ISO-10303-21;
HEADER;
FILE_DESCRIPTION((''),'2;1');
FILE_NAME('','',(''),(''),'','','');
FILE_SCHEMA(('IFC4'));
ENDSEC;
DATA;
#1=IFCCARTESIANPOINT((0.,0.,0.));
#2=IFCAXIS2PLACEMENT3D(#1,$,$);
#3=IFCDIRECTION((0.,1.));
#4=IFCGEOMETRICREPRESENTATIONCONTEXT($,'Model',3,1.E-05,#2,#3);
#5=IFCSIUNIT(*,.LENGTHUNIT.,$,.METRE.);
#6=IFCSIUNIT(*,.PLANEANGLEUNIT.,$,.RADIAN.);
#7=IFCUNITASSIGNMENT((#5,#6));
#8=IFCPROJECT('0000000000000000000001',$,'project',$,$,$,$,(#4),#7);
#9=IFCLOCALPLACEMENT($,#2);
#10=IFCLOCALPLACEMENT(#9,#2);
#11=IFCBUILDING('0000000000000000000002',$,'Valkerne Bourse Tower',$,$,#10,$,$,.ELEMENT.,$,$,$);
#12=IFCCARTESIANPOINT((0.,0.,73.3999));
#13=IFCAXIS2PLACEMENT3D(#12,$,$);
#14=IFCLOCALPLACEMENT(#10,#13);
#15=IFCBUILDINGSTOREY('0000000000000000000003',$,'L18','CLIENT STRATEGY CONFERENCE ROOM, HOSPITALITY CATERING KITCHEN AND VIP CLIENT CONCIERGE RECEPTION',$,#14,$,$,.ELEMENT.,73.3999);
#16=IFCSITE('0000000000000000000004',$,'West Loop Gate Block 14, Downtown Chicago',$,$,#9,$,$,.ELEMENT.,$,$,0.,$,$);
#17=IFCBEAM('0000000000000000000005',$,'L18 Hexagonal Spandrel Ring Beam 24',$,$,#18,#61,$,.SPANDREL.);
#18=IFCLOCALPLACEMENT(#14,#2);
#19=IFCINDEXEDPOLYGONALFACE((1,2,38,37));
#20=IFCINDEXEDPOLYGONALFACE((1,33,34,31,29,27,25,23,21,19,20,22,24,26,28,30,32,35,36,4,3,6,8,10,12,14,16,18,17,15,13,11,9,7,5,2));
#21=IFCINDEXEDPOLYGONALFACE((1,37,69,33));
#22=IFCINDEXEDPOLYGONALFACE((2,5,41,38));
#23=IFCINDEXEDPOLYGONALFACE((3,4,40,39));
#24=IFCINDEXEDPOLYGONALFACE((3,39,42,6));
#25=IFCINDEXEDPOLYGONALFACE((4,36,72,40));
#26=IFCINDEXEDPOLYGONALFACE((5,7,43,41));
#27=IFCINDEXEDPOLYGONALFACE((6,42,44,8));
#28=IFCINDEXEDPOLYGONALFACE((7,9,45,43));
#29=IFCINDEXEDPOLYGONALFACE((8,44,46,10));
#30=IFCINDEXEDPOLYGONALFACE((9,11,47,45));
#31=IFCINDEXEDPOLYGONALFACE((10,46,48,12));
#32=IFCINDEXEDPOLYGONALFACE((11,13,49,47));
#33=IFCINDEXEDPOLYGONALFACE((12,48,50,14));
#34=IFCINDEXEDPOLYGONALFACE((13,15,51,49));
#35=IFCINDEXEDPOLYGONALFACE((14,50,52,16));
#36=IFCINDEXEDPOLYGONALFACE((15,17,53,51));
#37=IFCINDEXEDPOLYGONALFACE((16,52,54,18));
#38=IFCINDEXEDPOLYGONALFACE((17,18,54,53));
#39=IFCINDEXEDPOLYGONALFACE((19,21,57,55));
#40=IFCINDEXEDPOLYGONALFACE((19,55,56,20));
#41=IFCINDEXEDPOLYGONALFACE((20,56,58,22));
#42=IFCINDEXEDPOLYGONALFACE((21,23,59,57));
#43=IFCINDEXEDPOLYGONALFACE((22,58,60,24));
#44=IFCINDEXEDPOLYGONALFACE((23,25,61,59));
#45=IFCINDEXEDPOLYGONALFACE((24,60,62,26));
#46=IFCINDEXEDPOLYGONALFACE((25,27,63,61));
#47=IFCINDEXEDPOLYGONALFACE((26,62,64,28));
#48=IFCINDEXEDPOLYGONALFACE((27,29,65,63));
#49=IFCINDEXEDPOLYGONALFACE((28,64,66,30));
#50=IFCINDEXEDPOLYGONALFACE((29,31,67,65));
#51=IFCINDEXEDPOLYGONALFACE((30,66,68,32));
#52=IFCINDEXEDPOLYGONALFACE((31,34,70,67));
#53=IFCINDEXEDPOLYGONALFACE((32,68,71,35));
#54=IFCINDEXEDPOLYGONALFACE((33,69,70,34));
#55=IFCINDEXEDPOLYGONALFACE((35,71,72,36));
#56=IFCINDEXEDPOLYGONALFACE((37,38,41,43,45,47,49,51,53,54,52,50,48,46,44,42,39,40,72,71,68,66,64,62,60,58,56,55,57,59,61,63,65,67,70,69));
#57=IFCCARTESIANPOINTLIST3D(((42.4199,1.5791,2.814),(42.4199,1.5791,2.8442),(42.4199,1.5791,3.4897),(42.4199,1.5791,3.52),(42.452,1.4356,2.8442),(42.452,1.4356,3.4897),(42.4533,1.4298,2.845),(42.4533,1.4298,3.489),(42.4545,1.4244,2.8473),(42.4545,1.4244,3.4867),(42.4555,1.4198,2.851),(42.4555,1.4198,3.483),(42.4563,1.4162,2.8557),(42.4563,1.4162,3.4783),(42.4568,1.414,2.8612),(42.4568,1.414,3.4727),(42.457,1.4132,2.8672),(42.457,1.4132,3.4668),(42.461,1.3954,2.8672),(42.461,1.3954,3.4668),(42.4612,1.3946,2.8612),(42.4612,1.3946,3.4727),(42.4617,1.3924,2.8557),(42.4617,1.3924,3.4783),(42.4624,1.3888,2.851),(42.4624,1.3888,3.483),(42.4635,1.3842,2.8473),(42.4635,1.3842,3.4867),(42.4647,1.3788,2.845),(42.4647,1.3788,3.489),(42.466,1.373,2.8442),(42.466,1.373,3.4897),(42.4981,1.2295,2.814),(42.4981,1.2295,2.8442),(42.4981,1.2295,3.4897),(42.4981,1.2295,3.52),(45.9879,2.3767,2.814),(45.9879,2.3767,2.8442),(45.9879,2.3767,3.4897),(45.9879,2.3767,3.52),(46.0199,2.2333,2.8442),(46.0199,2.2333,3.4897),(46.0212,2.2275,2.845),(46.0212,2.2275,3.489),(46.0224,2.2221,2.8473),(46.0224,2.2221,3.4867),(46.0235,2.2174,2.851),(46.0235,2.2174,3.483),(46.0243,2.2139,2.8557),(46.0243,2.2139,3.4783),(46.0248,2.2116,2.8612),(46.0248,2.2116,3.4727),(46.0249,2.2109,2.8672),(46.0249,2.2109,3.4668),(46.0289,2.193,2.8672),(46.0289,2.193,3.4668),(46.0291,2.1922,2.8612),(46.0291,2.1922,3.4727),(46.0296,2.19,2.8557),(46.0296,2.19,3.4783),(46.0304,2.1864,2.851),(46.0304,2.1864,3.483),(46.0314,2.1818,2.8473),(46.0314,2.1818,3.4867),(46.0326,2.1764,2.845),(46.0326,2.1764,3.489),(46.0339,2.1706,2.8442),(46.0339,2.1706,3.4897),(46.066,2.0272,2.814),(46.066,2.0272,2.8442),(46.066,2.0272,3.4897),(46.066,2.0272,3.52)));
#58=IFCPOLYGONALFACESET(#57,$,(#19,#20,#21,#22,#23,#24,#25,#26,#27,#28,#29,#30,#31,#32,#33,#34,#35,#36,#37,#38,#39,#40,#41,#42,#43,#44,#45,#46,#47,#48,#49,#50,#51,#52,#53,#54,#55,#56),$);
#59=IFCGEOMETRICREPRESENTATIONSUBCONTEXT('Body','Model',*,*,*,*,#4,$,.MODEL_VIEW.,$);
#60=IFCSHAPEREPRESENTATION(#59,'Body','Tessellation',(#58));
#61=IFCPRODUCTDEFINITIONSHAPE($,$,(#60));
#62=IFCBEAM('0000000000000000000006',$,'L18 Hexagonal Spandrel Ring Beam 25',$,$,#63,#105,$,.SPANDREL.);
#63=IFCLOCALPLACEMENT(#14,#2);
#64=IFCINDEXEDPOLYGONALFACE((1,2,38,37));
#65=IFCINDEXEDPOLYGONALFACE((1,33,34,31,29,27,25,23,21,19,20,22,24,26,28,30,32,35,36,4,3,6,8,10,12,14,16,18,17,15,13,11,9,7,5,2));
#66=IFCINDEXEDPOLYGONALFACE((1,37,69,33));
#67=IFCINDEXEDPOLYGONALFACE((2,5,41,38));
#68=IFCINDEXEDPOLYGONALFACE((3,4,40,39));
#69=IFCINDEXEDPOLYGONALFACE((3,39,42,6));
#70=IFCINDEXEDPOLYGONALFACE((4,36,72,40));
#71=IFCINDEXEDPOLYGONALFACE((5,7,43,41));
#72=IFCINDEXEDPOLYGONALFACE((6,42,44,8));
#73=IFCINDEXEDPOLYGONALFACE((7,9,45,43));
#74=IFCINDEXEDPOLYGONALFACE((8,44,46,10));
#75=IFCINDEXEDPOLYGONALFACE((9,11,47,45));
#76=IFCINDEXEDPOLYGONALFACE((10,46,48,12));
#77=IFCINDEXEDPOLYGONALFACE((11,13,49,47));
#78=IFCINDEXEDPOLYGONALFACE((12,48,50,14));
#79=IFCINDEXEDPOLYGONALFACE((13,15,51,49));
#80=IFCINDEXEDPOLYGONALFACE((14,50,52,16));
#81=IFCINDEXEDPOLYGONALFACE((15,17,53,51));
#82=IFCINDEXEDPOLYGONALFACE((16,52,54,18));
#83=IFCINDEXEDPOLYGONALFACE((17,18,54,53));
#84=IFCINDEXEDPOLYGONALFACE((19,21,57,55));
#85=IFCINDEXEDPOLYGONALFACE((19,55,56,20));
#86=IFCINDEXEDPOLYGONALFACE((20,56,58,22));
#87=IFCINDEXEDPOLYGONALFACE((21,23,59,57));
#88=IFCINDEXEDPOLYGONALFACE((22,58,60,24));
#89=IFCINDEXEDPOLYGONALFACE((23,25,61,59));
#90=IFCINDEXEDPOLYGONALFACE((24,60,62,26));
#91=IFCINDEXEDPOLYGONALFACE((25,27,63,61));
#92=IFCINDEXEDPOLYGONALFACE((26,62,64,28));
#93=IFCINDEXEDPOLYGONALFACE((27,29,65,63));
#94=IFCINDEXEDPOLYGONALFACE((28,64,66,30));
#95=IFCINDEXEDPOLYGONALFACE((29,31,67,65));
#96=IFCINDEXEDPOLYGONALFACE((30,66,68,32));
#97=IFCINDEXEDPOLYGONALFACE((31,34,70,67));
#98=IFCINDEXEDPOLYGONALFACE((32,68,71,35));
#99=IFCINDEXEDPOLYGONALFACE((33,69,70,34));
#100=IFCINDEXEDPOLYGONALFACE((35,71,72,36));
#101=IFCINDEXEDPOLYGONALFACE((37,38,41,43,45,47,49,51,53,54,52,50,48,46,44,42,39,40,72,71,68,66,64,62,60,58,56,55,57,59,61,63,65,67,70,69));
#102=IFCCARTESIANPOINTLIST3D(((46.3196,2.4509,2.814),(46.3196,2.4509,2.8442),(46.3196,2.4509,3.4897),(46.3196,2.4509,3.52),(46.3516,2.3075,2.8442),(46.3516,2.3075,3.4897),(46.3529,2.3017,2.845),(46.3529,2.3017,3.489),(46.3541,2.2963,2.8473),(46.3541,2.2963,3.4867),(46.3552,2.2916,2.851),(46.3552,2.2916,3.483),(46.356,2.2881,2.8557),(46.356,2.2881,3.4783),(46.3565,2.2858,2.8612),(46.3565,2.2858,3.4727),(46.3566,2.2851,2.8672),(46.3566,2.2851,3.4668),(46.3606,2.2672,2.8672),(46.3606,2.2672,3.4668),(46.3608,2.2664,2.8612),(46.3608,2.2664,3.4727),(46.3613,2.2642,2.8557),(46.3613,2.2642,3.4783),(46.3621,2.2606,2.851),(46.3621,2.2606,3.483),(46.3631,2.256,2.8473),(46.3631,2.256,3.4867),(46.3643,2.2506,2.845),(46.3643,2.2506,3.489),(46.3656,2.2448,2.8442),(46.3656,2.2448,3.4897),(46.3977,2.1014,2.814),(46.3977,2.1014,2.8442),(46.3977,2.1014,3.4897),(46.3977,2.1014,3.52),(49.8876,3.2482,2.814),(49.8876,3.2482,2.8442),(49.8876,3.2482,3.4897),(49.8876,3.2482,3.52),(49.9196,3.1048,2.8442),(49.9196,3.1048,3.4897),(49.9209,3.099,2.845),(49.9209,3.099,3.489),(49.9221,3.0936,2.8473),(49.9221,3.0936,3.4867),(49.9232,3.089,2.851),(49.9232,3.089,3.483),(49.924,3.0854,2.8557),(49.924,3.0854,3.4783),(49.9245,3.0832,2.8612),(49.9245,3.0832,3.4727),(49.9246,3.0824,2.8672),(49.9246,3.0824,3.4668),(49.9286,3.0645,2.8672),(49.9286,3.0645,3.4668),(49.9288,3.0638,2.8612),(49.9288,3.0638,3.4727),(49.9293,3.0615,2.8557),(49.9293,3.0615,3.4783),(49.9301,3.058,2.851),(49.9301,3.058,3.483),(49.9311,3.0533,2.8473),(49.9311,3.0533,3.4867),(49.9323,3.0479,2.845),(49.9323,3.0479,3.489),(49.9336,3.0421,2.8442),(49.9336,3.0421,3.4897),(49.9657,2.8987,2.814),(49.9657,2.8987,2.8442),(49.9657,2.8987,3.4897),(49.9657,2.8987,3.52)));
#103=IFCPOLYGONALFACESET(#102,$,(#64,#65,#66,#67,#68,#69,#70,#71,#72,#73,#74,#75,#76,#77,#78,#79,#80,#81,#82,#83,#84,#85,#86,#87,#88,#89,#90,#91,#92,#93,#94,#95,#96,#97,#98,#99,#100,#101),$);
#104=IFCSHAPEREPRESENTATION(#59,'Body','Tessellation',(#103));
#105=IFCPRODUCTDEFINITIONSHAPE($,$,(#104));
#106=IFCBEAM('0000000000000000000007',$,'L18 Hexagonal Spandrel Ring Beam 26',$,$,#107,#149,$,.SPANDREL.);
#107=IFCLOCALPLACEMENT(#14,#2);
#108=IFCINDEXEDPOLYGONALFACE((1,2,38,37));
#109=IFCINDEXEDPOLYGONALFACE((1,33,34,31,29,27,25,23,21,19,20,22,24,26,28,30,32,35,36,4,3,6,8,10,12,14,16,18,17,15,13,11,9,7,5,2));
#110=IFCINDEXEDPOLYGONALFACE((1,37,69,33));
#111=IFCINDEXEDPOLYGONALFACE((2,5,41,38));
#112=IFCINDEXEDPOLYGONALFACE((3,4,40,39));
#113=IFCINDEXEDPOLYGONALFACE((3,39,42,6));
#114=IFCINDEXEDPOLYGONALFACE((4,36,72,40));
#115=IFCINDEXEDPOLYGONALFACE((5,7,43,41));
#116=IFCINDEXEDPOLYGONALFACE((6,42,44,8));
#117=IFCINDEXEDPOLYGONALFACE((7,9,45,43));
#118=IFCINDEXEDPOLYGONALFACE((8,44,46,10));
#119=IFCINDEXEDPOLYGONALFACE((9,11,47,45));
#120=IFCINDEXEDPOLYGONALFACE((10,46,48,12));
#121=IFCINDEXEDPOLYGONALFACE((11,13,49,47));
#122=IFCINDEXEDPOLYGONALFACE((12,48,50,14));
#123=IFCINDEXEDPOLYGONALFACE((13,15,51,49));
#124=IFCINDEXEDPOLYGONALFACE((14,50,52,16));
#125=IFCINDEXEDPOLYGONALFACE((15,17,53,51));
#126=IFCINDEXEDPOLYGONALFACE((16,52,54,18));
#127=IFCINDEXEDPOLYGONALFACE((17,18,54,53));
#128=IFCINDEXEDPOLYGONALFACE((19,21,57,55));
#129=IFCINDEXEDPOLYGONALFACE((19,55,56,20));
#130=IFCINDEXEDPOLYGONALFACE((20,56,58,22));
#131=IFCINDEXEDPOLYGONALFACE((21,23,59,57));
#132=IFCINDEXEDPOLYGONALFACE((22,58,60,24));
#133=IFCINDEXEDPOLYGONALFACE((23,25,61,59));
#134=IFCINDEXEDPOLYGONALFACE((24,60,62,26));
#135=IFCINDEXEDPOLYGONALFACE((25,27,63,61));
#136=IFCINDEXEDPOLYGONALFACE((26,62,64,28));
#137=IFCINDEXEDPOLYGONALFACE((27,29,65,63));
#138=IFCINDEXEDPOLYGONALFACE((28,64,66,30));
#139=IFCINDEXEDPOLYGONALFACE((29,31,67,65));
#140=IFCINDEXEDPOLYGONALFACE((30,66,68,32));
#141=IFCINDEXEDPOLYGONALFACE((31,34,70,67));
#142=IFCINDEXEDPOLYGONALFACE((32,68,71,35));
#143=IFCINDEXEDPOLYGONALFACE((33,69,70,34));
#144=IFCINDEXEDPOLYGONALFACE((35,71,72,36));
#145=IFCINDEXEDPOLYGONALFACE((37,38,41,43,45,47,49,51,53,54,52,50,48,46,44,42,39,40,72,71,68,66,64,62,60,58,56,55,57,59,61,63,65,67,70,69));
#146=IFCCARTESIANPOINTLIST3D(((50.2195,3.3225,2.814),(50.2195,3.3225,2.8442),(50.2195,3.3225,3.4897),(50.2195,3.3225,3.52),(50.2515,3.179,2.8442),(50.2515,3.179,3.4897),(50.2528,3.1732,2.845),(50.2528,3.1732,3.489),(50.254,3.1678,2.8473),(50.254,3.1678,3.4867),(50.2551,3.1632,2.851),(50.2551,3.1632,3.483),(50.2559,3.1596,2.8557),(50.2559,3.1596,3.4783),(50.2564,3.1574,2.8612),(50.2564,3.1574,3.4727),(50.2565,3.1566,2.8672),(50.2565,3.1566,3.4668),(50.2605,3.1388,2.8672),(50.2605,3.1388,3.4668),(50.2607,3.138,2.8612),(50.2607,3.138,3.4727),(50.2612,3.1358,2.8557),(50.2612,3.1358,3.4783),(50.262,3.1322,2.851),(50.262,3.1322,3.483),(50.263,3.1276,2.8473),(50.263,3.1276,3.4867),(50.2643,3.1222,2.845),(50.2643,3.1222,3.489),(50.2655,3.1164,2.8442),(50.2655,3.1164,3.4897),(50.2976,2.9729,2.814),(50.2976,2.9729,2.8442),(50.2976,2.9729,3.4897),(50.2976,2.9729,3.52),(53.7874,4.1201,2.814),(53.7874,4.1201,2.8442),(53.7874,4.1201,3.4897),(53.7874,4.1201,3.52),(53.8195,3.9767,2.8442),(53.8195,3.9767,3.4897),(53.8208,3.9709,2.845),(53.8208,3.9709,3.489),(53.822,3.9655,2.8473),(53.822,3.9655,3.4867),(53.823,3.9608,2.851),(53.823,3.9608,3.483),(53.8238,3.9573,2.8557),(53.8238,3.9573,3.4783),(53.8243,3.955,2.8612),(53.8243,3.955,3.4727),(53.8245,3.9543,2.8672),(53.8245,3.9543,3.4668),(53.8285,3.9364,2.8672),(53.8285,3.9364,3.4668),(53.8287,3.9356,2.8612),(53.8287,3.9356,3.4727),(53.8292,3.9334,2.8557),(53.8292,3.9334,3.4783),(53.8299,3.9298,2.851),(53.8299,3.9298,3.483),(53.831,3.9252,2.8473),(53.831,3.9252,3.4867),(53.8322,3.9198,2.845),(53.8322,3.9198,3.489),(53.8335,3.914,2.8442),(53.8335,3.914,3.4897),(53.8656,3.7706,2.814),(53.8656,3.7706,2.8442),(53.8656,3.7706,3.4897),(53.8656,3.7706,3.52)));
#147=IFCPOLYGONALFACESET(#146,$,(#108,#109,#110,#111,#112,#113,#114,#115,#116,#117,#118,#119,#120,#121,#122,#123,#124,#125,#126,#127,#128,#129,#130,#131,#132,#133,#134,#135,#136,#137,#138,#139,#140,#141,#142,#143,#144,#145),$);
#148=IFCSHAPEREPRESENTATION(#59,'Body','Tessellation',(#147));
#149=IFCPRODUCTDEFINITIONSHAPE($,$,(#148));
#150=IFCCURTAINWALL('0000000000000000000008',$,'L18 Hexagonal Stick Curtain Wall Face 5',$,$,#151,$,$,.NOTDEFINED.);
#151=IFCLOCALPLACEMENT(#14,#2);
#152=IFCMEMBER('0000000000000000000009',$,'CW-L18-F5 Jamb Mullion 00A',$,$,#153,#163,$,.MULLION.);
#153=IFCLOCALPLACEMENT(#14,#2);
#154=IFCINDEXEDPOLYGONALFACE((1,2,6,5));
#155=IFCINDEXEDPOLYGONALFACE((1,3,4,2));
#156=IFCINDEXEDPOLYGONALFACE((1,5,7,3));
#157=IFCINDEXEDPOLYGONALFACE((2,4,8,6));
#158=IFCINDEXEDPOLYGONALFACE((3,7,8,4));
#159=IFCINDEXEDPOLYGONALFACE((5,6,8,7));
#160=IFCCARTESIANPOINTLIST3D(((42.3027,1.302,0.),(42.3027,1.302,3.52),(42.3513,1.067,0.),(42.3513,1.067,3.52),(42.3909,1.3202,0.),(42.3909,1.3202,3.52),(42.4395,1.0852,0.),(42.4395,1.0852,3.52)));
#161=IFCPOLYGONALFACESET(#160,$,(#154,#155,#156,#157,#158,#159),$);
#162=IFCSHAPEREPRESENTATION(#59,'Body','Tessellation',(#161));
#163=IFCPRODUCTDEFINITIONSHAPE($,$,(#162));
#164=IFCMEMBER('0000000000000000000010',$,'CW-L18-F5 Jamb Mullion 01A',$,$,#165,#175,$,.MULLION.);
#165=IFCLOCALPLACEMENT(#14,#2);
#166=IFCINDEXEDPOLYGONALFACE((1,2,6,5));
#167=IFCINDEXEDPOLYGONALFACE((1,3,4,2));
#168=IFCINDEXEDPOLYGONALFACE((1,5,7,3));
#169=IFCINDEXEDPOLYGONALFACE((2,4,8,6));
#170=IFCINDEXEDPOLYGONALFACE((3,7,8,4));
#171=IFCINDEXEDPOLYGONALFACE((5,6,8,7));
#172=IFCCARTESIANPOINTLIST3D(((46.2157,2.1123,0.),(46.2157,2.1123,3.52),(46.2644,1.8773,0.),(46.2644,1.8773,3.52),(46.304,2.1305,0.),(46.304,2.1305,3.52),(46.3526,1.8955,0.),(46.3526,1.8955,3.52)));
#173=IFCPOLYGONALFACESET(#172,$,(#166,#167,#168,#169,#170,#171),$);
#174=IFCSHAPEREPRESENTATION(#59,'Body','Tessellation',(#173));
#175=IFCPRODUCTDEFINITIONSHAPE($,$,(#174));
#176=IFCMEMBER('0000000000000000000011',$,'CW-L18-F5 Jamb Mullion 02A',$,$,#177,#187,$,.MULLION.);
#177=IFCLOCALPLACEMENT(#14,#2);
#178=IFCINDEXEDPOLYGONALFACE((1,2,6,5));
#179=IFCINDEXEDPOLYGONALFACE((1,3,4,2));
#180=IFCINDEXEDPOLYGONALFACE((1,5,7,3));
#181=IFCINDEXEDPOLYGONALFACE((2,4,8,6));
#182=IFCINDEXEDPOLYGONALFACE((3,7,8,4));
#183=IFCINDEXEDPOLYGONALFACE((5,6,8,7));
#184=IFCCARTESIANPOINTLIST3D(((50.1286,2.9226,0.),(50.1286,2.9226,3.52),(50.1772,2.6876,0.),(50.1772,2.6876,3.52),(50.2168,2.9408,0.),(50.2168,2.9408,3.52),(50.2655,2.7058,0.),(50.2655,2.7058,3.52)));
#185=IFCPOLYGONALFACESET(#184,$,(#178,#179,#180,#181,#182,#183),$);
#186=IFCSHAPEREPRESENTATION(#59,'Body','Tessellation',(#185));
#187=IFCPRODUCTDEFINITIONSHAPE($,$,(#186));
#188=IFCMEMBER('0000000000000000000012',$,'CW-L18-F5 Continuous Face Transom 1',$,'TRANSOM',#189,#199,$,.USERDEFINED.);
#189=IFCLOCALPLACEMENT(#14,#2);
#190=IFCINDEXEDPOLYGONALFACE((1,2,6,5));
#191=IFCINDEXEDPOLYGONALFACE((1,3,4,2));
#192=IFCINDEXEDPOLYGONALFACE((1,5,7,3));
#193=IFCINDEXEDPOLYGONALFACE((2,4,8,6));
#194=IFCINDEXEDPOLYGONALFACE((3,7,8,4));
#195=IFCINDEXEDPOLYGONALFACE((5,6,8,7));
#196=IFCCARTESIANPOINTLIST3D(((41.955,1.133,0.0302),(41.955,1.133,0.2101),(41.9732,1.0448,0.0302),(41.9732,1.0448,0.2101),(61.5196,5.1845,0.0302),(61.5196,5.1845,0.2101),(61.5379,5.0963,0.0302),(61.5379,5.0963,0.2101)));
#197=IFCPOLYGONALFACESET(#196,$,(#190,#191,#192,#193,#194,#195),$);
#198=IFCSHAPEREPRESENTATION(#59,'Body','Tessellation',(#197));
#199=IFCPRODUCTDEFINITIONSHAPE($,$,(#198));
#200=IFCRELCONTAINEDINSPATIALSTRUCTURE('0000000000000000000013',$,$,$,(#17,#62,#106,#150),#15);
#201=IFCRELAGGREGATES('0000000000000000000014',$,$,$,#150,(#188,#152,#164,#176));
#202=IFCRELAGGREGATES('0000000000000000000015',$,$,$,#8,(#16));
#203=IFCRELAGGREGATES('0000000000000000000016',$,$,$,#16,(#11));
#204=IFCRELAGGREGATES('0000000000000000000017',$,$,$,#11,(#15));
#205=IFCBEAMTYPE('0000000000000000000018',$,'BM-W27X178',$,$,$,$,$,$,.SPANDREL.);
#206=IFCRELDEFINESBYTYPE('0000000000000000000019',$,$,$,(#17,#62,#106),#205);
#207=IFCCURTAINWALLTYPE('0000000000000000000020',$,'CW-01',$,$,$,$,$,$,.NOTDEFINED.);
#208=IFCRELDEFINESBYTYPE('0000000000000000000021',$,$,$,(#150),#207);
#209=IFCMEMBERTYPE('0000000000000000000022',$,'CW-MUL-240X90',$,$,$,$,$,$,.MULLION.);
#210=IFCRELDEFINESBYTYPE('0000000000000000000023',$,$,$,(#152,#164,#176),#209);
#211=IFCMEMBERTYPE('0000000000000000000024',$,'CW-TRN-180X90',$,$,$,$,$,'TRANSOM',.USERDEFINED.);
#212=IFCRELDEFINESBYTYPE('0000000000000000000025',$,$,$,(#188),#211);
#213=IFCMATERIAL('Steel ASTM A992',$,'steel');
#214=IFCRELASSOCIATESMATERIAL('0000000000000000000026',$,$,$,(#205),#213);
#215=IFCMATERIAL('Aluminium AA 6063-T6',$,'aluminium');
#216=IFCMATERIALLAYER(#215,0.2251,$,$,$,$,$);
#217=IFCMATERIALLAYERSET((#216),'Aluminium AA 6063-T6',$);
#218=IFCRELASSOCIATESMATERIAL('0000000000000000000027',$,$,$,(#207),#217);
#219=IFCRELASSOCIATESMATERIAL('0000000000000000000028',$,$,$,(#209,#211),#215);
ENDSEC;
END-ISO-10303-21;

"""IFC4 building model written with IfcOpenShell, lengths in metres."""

from ifc_helpers import new_model, si_unit, direction, frame, origin, origin_2d, place, context, subcontext, project, spatial, rectangle, i_section, extrude, material, layer, layer_set, material_profile, profile_set, type_object, element, aggregate, save


model = new_model("IFC4")

# Units and contexts
model_context = context("Model", 3, precision=1e-05, world=origin(), true_north=direction((0.0, 1.0)))
body_context = subcontext(model_context, "Body", "Model", "MODEL_VIEW")
ifc_project = project(units=[si_unit("LENGTHUNIT", "METRE"), si_unit("PLANEANGLEUNIT", "RADIAN")], contexts=[model_context])

# Site, building, storey
site_placement = place(None, origin())
site = spatial("IfcSite", under=ifc_project, at=site_placement, Name="West Loop Gate Block 14, Downtown Chicago", CompositionType="ELEMENT", RefElevation=0.0)
building_placement = place(site_placement, origin())
building = spatial("IfcBuilding", under=site, at=building_placement, Name="Valkerne Bourse Tower", CompositionType="ELEMENT")
storey_placement = place(building_placement, frame((0.0, 0.0, 73.3999)))
storey = spatial("IfcBuildingStorey", under=building, at=storey_placement, Name="L18", Description="CLIENT STRATEGY CONFERENCE ROOM, HOSPITALITY CATERING KITCHEN AND VIP CLIENT CONCIERGE RECEPTION", CompositionType="ELEMENT", Elevation=73.3999)

# Beams
ifc_material_1 = material(Name="Steel ASTM A992", Category="steel")
ifc_material_profile_1 = material_profile(ifc_material_1, i_section(OverallWidth=0.3582, OverallDepth=0.7061, WebThickness=0.0183, FlangeThickness=0.0303, FilletRadius=0.0229, at=origin_2d()), Name="W27X178")
ifc_profile_set_1 = profile_set([ifc_material_profile_1], Name="Steel ASTM A992")
beam_type_1 = type_object("IfcBeamType", Name="BM-W27X178", PredefinedType="SPANDREL", material=ifc_profile_set_1)
for number, where, z_axis, x_axis, name in (
    (1, (42.459, 1.4043, 3.167), (0.975911, 0.218168, 0.0), (-0.218168, 0.975911, 0.0), "L18 Hexagonal Spandrel Ring Beam 24"),
    (2, (46.3586, 2.2761, 3.167), (0.975929, 0.21809, 0.0), (-0.21809, 0.975929, 0.0), "L18 Hexagonal Spandrel Ring Beam 25"),
    (3, (50.2585, 3.1477, 3.167), (0.975911, 0.218168, 0.0), (-0.218168, 0.975911, 0.0), "L18 Hexagonal Spandrel Ring Beam 26"),
):
    element("IfcBeam", number, at=place(storey_placement, frame(where, z_axis=z_axis, x_axis=x_axis)), inside=storey, type_object=beam_type_1, Name=name, PredefinedType="SPANDREL", context=body_context, shape_type="SweptSolid", body=[
        extrude(i_section(OverallWidth=0.3582, OverallDepth=0.7061, WebThickness=0.0183, FlangeThickness=0.0303, FilletRadius=0.0229, at=origin_2d()), origin(), (0.0, 0.0, 1.0), 3.656),
    ])

# Curtain wall, members
ifc_material_2 = material(Name="Aluminium AA 6063-T6", Category="aluminium")
ifc_layer_1 = layer(ifc_material_2, 0.2251)
ifc_layer_set_1 = layer_set([ifc_layer_1], Name="Aluminium AA 6063-T6")
curtain_wall_type = type_object("IfcCurtainWallType", Name="CW-01", PredefinedType="NOTDEFINED", material=ifc_layer_set_1)
curtain_wall_placement = place(storey_placement, origin())
curtain_wall = element("IfcCurtainWall", 4, at=curtain_wall_placement, inside=storey, type_object=curtain_wall_type, Name="L18 Hexagonal Stick Curtain Wall Face 5", PredefinedType="NOTDEFINED")
ifc_material_profile_2 = material_profile(ifc_material_2, rectangle(XDim=0.0901, YDim=0.24, at=origin_2d()), Name="CWM-90X240")
ifc_profile_set_2 = profile_set([ifc_material_profile_2], Name="Aluminium AA 6063-T6")
member_type_1 = type_object("IfcMemberType", Name="CW-MUL-240X90", PredefinedType="MULLION", material=ifc_profile_set_2)
member_1_placement = place(storey_placement, frame((42.3711, 1.1936, 0.0), z_axis=(0.0, 0.0, 1.0), x_axis=(0.979225, 0.202777, 0.0)))
member_1 = element("IfcMember", 5, at=member_1_placement, type_object=member_type_1, Name="CW-L18-F5 Jamb Mullion 00A", PredefinedType="MULLION", context=body_context, shape_type="SweptSolid", body=[
    extrude(rectangle(XDim=0.0901, YDim=0.24, at=origin_2d()), origin(), (0.0, 0.0, 1.0), 3.52),
])
member_2_placement = place(storey_placement, frame((46.2842, 2.0039, 0.0), z_axis=(0.0, 0.0, 1.0), x_axis=(0.979224, 0.202782, 0.0)))
member_2 = element("IfcMember", 6, at=member_2_placement, type_object=member_type_1, Name="CW-L18-F5 Jamb Mullion 01A", PredefinedType="MULLION", context=body_context, shape_type="SweptSolid", body=[
    extrude(rectangle(XDim=0.0901, YDim=0.24, at=origin_2d()), origin(), (0.0, 0.0, 1.0), 3.52),
])
member_3_placement = place(storey_placement, frame((50.197, 2.8142, 0.0), z_axis=(0.0, 0.0, 1.0), x_axis=(0.97922, 0.202801, 0.0)))
member_3 = element("IfcMember", 7, at=member_3_placement, type_object=member_type_1, Name="CW-L18-F5 Jamb Mullion 02A", PredefinedType="MULLION", context=body_context, shape_type="SweptSolid", body=[
    extrude(rectangle(XDim=0.0901, YDim=0.24, at=origin_2d()), origin(), (0.0, 0.0, 1.0), 3.52),
])
ifc_material_profile_3 = material_profile(ifc_material_2, rectangle(XDim=0.0901, YDim=0.1799, at=origin_2d()), Name="CWT-90X180")
ifc_profile_set_3 = profile_set([ifc_material_profile_3], Name="Aluminium AA 6063-T6")
member_type_2 = type_object("IfcMemberType", Name="CW-TRN-180X90", ElementType="TRANSOM", PredefinedType="USERDEFINED", material=ifc_profile_set_3)
member_4_placement = place(storey_placement, frame((41.9641, 1.0889, 0.1201), z_axis=(0.979224, 0.202781, 0.0), x_axis=(-0.202781, 0.979224, 0.0)))
member_4 = element("IfcMember", 8, at=member_4_placement, type_object=member_type_2, Name="CW-L18-F5 Continuous Face Transom 1", ObjectType="TRANSOM", PredefinedType="USERDEFINED", context=body_context, shape_type="SweptSolid", body=[
    extrude(rectangle(XDim=0.0901, YDim=0.1799, at=origin_2d()), origin(), (0.0, 0.0, 1.0), 19.9797),
])

aggregate(curtain_wall, [member_4, member_1, member_2, member_3])

save(model, "model.ifc")
